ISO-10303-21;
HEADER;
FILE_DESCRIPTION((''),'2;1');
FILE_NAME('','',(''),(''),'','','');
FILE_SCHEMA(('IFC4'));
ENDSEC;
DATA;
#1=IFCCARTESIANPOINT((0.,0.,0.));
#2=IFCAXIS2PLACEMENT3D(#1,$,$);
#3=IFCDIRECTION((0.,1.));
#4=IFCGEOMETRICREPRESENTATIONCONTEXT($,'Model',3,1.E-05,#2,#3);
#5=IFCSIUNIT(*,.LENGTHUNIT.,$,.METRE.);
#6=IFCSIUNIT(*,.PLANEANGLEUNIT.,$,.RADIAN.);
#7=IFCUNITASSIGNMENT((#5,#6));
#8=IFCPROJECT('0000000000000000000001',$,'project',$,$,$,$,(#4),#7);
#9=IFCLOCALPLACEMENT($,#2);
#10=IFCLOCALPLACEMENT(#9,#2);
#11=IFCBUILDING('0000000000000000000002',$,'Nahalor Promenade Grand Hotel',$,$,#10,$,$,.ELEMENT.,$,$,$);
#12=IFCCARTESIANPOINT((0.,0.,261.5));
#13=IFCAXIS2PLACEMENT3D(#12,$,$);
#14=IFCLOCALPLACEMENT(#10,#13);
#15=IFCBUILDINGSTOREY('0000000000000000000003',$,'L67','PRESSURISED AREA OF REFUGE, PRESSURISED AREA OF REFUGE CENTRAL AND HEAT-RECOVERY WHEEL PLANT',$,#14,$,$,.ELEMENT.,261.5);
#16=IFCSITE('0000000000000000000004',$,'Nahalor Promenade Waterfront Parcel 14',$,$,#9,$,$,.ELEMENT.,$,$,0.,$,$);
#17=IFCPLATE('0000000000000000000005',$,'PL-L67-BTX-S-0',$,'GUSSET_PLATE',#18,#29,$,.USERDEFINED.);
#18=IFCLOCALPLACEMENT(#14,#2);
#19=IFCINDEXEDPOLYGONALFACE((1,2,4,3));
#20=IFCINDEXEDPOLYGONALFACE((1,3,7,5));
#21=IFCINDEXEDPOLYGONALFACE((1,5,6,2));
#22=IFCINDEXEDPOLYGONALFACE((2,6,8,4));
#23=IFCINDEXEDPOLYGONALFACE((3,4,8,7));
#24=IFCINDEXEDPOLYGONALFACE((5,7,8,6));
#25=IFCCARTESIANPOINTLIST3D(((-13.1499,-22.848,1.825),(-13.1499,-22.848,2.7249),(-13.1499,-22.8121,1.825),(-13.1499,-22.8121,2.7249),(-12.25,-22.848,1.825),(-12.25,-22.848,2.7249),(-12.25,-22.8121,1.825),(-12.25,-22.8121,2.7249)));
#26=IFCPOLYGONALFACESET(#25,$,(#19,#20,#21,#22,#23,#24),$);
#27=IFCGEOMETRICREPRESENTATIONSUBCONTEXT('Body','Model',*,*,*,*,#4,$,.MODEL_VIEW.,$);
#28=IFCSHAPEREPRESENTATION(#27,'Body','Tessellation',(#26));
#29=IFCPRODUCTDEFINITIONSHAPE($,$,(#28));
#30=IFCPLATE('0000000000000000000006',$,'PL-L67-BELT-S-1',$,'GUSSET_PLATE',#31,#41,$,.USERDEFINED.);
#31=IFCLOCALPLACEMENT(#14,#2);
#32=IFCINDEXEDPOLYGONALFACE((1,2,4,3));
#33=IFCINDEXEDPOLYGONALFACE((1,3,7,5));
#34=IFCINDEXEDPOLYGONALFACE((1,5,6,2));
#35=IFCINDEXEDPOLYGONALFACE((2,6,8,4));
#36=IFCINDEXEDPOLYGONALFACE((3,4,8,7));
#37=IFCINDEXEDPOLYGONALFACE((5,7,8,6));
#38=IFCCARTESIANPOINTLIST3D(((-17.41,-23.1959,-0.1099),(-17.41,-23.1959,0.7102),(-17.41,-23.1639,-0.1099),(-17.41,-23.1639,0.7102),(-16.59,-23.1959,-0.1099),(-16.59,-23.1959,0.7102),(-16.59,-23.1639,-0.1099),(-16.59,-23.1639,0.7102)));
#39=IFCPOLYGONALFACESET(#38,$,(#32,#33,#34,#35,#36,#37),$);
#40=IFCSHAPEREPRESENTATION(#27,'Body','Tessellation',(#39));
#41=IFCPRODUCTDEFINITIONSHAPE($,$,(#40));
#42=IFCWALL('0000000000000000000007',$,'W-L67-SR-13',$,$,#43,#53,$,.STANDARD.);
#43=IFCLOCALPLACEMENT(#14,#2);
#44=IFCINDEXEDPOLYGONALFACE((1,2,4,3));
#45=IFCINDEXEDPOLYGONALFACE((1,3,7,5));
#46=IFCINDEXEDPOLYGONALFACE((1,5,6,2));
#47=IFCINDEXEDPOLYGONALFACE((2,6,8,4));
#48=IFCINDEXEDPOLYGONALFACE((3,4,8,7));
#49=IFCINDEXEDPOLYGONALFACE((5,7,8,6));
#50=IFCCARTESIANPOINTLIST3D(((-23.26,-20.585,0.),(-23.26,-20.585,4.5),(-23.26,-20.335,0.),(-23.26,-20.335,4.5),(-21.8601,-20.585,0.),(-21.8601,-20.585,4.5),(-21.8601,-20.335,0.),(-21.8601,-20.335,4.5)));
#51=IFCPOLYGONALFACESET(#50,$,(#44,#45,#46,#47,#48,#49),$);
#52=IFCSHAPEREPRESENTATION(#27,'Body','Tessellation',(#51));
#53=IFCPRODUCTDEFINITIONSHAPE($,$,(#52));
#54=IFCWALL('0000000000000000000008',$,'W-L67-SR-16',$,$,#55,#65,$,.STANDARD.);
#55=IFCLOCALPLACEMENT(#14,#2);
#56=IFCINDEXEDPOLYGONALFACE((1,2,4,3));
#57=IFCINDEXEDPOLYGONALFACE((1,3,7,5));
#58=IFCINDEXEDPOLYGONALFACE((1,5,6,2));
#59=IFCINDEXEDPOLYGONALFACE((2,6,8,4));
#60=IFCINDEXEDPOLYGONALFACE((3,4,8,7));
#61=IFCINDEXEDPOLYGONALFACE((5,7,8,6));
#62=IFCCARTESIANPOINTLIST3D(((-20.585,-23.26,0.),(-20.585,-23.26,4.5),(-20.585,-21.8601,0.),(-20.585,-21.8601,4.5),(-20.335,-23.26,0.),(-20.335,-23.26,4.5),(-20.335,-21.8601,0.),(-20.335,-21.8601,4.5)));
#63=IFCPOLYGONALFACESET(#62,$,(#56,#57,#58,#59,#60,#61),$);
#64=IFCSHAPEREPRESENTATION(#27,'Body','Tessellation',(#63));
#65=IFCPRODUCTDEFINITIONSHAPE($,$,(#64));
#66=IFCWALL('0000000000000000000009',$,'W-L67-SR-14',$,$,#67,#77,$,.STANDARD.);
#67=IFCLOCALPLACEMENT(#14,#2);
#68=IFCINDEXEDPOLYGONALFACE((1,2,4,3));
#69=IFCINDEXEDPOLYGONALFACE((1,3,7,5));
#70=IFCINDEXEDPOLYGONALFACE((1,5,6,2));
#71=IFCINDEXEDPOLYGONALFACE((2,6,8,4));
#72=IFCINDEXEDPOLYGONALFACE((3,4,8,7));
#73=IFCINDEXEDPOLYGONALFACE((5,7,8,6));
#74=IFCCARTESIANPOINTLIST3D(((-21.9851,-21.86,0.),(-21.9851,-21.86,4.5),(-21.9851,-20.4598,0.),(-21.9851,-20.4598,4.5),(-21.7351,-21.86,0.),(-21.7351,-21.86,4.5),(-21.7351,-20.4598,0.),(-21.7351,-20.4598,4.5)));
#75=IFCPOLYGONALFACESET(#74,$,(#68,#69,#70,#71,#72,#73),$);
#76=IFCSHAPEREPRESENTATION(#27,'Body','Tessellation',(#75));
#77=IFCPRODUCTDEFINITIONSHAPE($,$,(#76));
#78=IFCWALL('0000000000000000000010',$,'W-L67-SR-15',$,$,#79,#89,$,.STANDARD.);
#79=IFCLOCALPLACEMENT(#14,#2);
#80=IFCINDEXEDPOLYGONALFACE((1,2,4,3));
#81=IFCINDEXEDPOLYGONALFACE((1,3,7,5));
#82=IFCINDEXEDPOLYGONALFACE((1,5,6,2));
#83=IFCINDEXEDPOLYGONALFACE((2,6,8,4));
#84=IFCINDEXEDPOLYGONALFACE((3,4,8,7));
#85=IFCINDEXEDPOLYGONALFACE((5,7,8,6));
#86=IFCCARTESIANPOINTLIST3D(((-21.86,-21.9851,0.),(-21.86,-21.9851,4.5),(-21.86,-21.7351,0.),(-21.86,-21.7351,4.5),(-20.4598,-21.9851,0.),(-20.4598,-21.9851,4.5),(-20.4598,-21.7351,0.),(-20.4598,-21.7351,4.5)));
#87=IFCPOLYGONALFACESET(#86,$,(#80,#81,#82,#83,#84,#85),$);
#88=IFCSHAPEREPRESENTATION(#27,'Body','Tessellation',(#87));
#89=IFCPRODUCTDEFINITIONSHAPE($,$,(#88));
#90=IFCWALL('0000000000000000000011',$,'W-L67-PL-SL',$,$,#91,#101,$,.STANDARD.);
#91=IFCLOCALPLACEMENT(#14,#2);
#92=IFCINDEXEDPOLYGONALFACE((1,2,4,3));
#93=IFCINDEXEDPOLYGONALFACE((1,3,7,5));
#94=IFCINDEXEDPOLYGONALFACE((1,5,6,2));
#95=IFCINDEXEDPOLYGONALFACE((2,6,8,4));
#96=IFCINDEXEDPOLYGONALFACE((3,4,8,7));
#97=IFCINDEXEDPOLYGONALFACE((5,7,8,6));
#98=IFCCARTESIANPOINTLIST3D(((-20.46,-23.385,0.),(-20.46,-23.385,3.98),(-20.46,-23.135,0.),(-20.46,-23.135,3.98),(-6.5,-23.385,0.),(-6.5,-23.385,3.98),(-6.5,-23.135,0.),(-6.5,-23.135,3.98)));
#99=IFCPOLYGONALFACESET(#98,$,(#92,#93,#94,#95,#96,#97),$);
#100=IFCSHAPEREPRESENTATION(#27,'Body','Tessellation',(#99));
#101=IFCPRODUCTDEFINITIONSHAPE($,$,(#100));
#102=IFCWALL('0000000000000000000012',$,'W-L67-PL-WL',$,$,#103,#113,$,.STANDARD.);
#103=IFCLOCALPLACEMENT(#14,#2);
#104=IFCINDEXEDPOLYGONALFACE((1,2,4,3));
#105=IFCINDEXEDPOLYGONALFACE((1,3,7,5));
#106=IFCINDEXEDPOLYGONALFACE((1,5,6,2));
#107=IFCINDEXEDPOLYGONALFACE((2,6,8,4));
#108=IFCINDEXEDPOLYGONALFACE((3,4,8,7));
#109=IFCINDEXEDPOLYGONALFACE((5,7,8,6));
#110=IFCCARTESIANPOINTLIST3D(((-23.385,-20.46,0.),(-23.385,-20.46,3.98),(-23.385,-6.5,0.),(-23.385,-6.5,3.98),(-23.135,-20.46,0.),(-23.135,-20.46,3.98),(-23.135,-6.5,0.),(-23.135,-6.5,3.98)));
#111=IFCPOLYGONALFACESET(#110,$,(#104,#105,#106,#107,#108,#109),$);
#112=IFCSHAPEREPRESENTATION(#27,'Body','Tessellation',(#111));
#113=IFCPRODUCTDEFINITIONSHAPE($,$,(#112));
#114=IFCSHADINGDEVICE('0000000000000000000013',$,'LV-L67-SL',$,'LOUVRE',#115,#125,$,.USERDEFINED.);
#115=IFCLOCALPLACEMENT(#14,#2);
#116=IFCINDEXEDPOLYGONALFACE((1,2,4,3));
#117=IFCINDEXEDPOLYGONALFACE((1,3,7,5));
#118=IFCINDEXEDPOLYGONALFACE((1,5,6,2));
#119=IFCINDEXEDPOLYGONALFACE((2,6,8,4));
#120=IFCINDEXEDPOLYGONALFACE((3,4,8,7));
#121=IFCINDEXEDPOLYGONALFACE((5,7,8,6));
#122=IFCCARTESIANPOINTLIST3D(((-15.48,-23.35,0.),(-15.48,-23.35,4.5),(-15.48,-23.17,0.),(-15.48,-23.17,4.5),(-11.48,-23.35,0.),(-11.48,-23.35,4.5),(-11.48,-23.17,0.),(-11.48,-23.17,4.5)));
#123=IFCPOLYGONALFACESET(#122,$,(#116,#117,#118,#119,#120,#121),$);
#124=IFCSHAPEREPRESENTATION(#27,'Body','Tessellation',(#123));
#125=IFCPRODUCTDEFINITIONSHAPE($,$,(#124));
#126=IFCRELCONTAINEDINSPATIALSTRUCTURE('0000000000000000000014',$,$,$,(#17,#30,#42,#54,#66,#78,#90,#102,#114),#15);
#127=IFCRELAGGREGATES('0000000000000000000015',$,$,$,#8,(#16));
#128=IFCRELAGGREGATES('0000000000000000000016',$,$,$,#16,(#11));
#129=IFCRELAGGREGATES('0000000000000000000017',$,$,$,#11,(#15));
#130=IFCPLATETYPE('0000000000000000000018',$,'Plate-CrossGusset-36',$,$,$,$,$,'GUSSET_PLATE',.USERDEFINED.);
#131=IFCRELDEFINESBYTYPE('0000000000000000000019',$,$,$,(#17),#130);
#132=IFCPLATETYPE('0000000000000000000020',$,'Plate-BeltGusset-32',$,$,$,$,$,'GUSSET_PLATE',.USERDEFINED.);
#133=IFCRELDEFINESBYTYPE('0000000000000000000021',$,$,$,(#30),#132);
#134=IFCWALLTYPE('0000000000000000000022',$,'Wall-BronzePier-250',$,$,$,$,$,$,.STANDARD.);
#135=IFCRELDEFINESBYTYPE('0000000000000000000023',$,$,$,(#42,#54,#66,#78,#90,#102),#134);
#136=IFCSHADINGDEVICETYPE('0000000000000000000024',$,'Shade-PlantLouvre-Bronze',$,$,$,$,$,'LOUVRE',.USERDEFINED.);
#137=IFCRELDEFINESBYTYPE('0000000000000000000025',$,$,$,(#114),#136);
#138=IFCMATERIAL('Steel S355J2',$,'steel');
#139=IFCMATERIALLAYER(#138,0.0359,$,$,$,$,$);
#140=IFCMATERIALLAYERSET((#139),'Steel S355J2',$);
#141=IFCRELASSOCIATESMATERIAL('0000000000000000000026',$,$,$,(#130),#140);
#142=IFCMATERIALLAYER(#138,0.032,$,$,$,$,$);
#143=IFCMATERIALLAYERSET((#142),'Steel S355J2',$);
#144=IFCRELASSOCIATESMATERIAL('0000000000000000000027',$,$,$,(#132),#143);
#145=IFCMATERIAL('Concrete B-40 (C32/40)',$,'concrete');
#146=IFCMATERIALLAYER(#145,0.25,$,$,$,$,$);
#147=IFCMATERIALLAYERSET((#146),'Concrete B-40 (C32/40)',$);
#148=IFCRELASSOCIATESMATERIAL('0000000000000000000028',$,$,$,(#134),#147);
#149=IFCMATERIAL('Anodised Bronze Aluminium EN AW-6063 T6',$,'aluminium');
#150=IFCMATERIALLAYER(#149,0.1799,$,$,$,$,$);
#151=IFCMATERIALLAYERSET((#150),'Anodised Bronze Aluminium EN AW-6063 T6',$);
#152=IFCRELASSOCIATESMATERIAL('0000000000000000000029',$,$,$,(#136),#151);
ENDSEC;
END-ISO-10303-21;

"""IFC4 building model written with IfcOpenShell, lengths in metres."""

from ifc_helpers import new_model, si_unit, direction, frame, frame_2d, origin, origin_2d, place, context, subcontext, project, spatial, rectangle, extrude, source, transform, mapped, material, layer, layer_set, type_object, element, save


model = new_model("IFC4")

# Units and contexts
model_context = context("Model", 3, precision=1e-05, world=origin(), true_north=direction((0.0, 1.0)))
body_context = subcontext(model_context, "Body", "Model", "MODEL_VIEW")
ifc_project = project(units=[si_unit("LENGTHUNIT", "METRE"), si_unit("PLANEANGLEUNIT", "RADIAN")], contexts=[model_context])

# Site, building, storey
site_placement = place(None, origin())
site = spatial("IfcSite", under=ifc_project, at=site_placement, Name="Nahalor Promenade Waterfront Parcel 14", CompositionType="ELEMENT", RefElevation=0.0)
building_placement = place(site_placement, origin())
building = spatial("IfcBuilding", under=site, at=building_placement, Name="Nahalor Promenade Grand Hotel", CompositionType="ELEMENT")
storey_placement = place(building_placement, frame((0.0, 0.0, 261.5)))
storey = spatial("IfcBuildingStorey", under=building, at=storey_placement, Name="L67", Description="PRESSURISED AREA OF REFUGE, PRESSURISED AREA OF REFUGE CENTRAL AND HEAT-RECOVERY WHEEL PLANT", CompositionType="ELEMENT", Elevation=261.5)

# Shared definitions
ifc_material_1 = material(Name="Steel S355J2", Category="steel")

# Plates
ifc_layer_1 = layer(ifc_material_1, 0.0359)
ifc_layer_set_1 = layer_set([ifc_layer_1], Name="Steel S355J2")
plate_type_1 = type_object("IfcPlateType", Name="Plate-CrossGusset-36", ElementType="GUSSET_PLATE", PredefinedType="USERDEFINED", material=ifc_layer_set_1)
shared_shape_1 = source(origin(), body_context, "Body", "SweptSolid", [
    extrude(rectangle(XDim=0.8999, YDim=0.0359, at=origin_2d()), origin(), (0.0, 0.0, 1.0), 0.8999),
])
plate_1_placement = place(storey_placement, frame((-12.7, -22.8301, 1.825), z_axis=(0.0, 0.0, 1.0), x_axis=(1.0, 0.0, 0.0)))
element("IfcPlate", 1, at=plate_1_placement, inside=storey, type_object=plate_type_1, Name="PL-L67-BTX-S-0", ObjectType="GUSSET_PLATE", PredefinedType="USERDEFINED", context=body_context, shape_type="MappedRepresentation", body=[
    mapped(shared_shape_1, transform((0.0, 0.0, 0.0), scale=1.0)),
])
ifc_layer_2 = layer(ifc_material_1, 0.032)
ifc_layer_set_2 = layer_set([ifc_layer_2], Name="Steel S355J2")
plate_type_2 = type_object("IfcPlateType", Name="Plate-BeltGusset-32", ElementType="GUSSET_PLATE", PredefinedType="USERDEFINED", material=ifc_layer_set_2)
shared_shape_2 = source(origin(), body_context, "Body", "SweptSolid", [
    extrude(rectangle(XDim=0.8201, YDim=0.032, at=origin_2d()), origin(), (0.0, 0.0, 1.0), 0.8201),
])
plate_2_placement = place(storey_placement, frame((-17.0, -23.1799, -0.1099), z_axis=(0.0, 0.0, 1.0), x_axis=(1.0, 0.0, 0.0)))
element("IfcPlate", 2, at=plate_2_placement, inside=storey, type_object=plate_type_2, Name="PL-L67-BELT-S-1", ObjectType="GUSSET_PLATE", PredefinedType="USERDEFINED", context=body_context, shape_type="MappedRepresentation", body=[
    mapped(shared_shape_2, transform((0.0, 0.0, 0.0), scale=1.0)),
])

# Walls
ifc_material_2 = material(Name="Concrete B-40 (C32/40)", Category="concrete")
ifc_layer_3 = layer(ifc_material_2, 0.25)
ifc_layer_set_3 = layer_set([ifc_layer_3], Name="Concrete B-40 (C32/40)")
wall_type = type_object("IfcWallType", Name="Wall-BronzePier-250", PredefinedType="STANDARD", material=ifc_layer_set_3)
shared_shape_3 = source(origin(), body_context, "Body", "SweptSolid", [
    extrude(rectangle(XDim=1.3999, YDim=0.25, at=frame_2d((0.7, 0.0))), origin(), (0.0, 0.0, 1.0), 4.5),
])
for number, where, z_axis, x_axis, name in (
    (3, (-23.26, -20.46, 0.0), (0.0, 0.0, 1.0), (1.0, 0.0, 0.0), "W-L67-SR-13"),
    (4, (-20.46, -23.26, 0.0), (0.0, 0.0, 1.0), (0.0, 1.0, 0.0), "W-L67-SR-16"),
):
    element("IfcWall", number, at=place(storey_placement, frame(where, z_axis=z_axis, x_axis=x_axis)), inside=storey, type_object=wall_type, Name=name, PredefinedType="STANDARD", context=body_context, shape_type="MappedRepresentation", body=[
        mapped(shared_shape_3, transform((0.0, 0.0, 0.0), scale=1.0)),
    ])
shared_shape_4 = source(origin(), body_context, "Body", "SweptSolid", [
    extrude(rectangle(XDim=1.4001, YDim=0.25, at=frame_2d((0.7002, 0.0))), origin(), (0.0, 0.0, 1.0), 4.5),
])
for number, where, z_axis, x_axis, name in (
    (5, (-21.8601, -21.8601, 0.0), (0.0, 0.0, 1.0), (0.0, 1.0, 0.0), "W-L67-SR-14"),
    (6, (-21.8601, -21.8601, 0.0), (0.0, 0.0, 1.0), (1.0, 0.0, 0.0), "W-L67-SR-15"),
):
    element("IfcWall", number, at=place(storey_placement, frame(where, z_axis=z_axis, x_axis=x_axis)), inside=storey, type_object=wall_type, Name=name, PredefinedType="STANDARD", context=body_context, shape_type="MappedRepresentation", body=[
        mapped(shared_shape_4, transform((0.0, 0.0, 0.0), scale=1.0)),
    ])
shared_shape_5 = source(origin(), body_context, "Body", "SweptSolid", [
    extrude(rectangle(XDim=13.96, YDim=0.25, at=frame_2d((6.98, 0.0))), origin(), (0.0, 0.0, 1.0), 3.98),
])
for number, where, z_axis, x_axis, name in (
    (7, (-20.46, -23.26, 0.0), (0.0, 0.0, 1.0), (1.0, 0.0, 0.0), "W-L67-PL-SL"),
    (8, (-23.26, -20.46, 0.0), (0.0, 0.0, 1.0), (0.0, 1.0, 0.0), "W-L67-PL-WL"),
):
    element("IfcWall", number, at=place(storey_placement, frame(where, z_axis=z_axis, x_axis=x_axis)), inside=storey, type_object=wall_type, Name=name, PredefinedType="STANDARD", context=body_context, shape_type="MappedRepresentation", body=[
        mapped(shared_shape_5, transform((0.0, 0.0, 0.0), scale=1.0)),
    ])

# Shading device
ifc_material_3 = material(Name="Anodised Bronze Aluminium EN AW-6063 T6", Category="aluminium")
ifc_layer_4 = layer(ifc_material_3, 0.1799)
ifc_layer_set_4 = layer_set([ifc_layer_4], Name="Anodised Bronze Aluminium EN AW-6063 T6")
shading_device_type = type_object("IfcShadingDeviceType", Name="Shade-PlantLouvre-Bronze", ElementType="LOUVRE", PredefinedType="USERDEFINED", material=ifc_layer_set_4)
shared_shape_6 = source(origin(), body_context, "Body", "SweptSolid", [
    extrude(rectangle(XDim=4.0, YDim=0.1799, at=origin_2d()), origin(), (0.0, 0.0, 1.0), 4.5),
])
shading_device_placement = place(storey_placement, frame((-13.48, -23.26, 0.0), z_axis=(0.0, 0.0, 1.0), x_axis=(1.0, 0.0, 0.0)))
element("IfcShadingDevice", 9, at=shading_device_placement, inside=storey, type_object=shading_device_type, Name="LV-L67-SL", ObjectType="LOUVRE", PredefinedType="USERDEFINED", context=body_context, shape_type="MappedRepresentation", body=[
    mapped(shared_shape_6, transform((0.0, 0.0, 0.0), scale=1.0)),
])

save(model, "model.ifc")
